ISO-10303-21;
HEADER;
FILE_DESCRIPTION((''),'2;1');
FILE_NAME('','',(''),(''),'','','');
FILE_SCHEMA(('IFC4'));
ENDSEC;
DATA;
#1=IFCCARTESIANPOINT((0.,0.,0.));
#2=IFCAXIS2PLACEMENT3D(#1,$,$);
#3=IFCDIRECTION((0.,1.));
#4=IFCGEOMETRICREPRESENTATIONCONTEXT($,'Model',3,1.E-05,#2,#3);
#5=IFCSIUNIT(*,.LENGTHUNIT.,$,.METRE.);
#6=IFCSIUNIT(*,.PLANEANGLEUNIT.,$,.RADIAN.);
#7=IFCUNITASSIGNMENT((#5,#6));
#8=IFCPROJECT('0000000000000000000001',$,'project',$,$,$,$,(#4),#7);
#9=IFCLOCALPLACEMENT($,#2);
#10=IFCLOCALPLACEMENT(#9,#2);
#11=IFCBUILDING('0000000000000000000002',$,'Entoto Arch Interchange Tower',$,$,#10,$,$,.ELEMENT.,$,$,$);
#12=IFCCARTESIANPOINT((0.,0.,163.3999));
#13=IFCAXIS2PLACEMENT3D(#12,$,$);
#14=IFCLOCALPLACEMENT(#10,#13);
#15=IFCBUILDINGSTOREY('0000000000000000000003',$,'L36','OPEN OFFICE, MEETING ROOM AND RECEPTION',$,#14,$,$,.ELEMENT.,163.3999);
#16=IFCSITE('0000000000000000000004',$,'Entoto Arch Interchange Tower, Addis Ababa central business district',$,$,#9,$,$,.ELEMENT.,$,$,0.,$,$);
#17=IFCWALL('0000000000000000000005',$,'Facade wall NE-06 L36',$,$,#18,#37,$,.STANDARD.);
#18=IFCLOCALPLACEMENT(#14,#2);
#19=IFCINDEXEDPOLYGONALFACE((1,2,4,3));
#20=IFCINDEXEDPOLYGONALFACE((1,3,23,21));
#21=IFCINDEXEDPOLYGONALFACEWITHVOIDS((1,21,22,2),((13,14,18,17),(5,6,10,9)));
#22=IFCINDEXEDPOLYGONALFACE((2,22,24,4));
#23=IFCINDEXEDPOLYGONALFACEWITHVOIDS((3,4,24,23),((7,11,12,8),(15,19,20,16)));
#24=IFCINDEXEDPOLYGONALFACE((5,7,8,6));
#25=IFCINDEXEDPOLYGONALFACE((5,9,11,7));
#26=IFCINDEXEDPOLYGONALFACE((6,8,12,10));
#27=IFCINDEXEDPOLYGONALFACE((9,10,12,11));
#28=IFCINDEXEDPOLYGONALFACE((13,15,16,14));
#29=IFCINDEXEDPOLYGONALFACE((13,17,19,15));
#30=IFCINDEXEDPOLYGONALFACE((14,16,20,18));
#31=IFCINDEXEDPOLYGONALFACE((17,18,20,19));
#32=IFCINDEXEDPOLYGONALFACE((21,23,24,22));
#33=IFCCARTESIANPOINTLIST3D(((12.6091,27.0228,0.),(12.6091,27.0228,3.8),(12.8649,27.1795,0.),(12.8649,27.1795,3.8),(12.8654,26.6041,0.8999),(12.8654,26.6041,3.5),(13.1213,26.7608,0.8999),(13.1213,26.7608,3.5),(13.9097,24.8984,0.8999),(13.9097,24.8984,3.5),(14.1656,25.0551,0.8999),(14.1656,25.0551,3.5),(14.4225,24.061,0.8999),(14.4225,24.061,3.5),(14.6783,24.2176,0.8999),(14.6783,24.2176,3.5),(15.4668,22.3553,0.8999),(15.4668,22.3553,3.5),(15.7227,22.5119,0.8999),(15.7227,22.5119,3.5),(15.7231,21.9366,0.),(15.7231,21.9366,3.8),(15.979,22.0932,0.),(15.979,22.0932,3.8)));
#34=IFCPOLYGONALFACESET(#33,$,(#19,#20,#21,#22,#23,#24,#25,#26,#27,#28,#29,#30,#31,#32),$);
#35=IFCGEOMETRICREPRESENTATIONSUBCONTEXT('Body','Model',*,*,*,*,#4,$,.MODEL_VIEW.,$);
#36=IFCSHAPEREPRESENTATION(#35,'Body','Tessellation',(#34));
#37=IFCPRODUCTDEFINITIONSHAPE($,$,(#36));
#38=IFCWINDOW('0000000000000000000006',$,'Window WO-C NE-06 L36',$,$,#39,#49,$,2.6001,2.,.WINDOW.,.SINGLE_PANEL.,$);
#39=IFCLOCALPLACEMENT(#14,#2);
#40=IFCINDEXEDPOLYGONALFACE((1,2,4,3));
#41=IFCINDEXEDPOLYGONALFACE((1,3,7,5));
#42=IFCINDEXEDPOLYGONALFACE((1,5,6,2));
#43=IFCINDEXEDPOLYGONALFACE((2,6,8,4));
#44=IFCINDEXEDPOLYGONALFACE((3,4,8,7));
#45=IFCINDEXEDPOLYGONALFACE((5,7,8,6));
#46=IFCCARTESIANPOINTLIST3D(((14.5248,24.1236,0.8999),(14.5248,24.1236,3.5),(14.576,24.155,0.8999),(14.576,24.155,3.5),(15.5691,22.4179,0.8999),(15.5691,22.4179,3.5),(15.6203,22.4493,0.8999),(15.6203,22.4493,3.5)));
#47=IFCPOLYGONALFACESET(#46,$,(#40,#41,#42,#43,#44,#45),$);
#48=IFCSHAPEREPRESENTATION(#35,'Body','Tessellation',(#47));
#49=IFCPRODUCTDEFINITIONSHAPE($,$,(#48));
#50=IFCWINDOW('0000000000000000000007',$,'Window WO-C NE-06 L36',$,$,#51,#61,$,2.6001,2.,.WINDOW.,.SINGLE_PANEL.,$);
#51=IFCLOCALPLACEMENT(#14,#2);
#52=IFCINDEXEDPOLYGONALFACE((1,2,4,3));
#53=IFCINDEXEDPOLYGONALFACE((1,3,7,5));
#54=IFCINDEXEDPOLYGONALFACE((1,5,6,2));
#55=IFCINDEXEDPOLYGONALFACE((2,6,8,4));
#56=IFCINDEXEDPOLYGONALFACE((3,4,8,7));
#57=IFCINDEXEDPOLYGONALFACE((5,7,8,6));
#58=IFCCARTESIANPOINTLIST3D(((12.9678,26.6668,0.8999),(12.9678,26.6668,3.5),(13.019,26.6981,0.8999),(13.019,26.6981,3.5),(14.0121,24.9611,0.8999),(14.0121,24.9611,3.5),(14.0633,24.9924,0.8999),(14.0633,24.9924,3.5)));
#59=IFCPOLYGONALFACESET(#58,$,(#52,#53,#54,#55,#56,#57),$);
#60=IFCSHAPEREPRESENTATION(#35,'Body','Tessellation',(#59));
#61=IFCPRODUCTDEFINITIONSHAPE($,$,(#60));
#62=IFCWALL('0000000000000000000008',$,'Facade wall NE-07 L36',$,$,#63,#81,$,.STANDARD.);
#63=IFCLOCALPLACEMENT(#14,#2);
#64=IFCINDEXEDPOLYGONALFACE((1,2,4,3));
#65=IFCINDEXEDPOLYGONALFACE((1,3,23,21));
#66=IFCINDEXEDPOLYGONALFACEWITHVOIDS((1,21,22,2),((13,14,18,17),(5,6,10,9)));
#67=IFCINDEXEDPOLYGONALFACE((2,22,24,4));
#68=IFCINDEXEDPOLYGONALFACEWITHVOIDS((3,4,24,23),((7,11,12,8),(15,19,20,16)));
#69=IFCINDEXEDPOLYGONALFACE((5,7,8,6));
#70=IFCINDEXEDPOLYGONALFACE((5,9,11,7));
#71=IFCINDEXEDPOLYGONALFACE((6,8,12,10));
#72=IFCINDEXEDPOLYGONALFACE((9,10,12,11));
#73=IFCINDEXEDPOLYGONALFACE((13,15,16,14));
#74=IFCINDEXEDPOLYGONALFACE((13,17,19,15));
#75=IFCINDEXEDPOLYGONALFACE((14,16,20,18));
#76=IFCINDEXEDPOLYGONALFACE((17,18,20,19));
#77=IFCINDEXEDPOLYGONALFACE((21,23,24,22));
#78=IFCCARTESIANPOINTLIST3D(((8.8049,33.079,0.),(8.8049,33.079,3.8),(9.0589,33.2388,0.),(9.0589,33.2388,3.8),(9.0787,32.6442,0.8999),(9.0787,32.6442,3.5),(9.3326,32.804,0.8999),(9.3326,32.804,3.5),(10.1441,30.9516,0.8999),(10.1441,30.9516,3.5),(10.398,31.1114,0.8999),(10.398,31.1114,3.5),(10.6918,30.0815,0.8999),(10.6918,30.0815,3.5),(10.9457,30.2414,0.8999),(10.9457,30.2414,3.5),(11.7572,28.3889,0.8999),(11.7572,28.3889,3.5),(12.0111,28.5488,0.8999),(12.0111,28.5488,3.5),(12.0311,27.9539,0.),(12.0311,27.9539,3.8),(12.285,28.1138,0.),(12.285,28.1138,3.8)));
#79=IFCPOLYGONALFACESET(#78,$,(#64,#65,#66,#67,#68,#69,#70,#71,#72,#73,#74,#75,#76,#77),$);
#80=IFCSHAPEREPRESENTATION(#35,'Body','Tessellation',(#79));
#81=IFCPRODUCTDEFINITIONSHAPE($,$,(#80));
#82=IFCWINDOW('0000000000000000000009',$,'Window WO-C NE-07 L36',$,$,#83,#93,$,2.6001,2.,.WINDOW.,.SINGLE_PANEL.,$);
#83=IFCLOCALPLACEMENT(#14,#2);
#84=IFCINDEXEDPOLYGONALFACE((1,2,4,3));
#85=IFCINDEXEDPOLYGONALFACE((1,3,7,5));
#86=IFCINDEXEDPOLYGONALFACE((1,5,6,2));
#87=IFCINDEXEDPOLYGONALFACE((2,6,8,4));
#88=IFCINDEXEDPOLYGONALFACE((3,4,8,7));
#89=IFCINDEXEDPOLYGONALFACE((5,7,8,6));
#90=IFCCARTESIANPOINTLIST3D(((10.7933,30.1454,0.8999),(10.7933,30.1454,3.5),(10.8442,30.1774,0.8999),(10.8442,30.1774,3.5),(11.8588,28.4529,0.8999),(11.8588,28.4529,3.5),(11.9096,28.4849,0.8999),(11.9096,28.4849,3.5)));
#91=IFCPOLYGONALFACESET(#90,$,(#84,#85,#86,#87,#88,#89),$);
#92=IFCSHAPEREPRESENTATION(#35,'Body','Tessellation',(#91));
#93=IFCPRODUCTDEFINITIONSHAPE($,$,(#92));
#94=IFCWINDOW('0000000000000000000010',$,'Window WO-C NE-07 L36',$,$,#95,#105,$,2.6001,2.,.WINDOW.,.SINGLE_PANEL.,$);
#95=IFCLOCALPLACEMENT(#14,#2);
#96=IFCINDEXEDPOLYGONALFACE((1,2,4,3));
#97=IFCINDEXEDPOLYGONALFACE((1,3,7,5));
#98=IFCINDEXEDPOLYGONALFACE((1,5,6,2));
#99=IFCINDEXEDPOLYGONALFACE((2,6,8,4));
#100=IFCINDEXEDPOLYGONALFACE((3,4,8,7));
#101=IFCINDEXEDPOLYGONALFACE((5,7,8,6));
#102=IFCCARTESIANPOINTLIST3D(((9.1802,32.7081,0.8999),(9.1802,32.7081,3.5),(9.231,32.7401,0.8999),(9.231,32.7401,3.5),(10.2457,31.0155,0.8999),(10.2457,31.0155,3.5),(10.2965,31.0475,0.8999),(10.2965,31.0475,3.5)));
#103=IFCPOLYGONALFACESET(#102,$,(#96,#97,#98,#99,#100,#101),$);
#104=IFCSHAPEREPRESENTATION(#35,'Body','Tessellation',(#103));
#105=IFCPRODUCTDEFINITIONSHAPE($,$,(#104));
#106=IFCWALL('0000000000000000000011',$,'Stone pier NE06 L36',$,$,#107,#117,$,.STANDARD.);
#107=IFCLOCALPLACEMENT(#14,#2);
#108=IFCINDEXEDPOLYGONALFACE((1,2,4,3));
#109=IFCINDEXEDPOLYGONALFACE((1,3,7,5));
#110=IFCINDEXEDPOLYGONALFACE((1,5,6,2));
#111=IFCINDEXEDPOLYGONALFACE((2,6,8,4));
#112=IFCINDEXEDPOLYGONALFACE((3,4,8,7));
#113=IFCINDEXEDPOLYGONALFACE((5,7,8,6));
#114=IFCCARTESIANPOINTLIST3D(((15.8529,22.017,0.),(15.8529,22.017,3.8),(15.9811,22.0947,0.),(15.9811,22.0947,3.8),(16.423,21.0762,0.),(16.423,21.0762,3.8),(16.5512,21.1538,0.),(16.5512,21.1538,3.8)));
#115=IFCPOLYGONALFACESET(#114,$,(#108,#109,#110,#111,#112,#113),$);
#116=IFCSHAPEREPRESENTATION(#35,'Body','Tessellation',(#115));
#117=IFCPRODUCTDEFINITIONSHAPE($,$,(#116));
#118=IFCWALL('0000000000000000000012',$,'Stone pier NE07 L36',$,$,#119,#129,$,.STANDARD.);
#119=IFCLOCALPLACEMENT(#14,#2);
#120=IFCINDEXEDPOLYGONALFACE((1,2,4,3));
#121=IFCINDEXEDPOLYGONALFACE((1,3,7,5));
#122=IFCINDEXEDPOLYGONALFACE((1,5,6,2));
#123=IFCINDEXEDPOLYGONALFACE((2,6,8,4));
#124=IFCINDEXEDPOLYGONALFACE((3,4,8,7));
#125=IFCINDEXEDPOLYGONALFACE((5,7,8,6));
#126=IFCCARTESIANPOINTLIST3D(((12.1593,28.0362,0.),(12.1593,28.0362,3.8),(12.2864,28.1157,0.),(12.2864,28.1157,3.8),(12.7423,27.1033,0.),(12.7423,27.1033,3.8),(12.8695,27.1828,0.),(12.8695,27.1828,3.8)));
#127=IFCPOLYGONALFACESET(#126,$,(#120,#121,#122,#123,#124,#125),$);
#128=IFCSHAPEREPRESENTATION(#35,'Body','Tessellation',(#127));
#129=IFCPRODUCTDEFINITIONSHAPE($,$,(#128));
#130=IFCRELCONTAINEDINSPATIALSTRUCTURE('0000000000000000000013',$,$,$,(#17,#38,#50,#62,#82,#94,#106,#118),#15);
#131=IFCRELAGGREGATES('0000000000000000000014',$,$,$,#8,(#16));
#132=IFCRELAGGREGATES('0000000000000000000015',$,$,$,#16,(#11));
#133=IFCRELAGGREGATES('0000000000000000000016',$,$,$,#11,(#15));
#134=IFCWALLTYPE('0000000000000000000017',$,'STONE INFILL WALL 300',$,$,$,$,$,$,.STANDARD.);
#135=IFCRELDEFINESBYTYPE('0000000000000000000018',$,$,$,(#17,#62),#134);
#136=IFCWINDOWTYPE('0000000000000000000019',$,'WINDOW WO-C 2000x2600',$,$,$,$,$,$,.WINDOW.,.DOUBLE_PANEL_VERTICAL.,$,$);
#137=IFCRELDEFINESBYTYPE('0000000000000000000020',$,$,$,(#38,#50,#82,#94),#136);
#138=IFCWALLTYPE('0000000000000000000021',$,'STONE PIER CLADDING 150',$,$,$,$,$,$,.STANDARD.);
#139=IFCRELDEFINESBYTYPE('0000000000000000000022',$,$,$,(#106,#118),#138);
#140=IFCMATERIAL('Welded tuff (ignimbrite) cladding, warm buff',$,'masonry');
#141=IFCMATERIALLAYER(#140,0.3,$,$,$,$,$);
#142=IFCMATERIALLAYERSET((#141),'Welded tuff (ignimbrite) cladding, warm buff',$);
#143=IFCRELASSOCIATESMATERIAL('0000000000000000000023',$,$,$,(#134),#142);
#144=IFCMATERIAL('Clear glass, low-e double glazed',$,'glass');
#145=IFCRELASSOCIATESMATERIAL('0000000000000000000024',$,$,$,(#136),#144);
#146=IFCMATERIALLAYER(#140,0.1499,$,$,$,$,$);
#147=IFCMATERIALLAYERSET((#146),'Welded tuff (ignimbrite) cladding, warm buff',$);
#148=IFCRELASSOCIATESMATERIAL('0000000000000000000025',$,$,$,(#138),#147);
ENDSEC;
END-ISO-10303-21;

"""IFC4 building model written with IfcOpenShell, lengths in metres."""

from ifc_helpers import new_model, si_unit, direction, frame, frame_2d, origin, place, context, subcontext, project, spatial, rectangle, extrude, material, layer, layer_set, type_object, element, fill, save


model = new_model("IFC4")

# Units and contexts
model_context = context("Model", 3, precision=1e-05, world=origin(), true_north=direction((0.0, 1.0)))
body_context = subcontext(model_context, "Body", "Model", "MODEL_VIEW")
ifc_project = project(units=[si_unit("LENGTHUNIT", "METRE"), si_unit("PLANEANGLEUNIT", "RADIAN")], contexts=[model_context])

# Site, building, storey
site_placement = place(None, origin())
site = spatial("IfcSite", under=ifc_project, at=site_placement, Name="Entoto Arch Interchange Tower, Addis Ababa central business district", CompositionType="ELEMENT", RefElevation=0.0)
building_placement = place(site_placement, origin())
building = spatial("IfcBuilding", under=site, at=building_placement, Name="Entoto Arch Interchange Tower", CompositionType="ELEMENT")
storey_placement = place(building_placement, frame((0.0, 0.0, 163.3999)))
storey = spatial("IfcBuildingStorey", under=building, at=storey_placement, Name="L36", Description="OPEN OFFICE, MEETING ROOM AND RECEPTION", CompositionType="ELEMENT", Elevation=163.3999)

# Shared definitions
ifc_material_1 = material(Name="Welded tuff (ignimbrite) cladding, warm buff", Category="masonry")
ifc_layer_1 = layer(ifc_material_1, 0.3)
ifc_layer_set_1 = layer_set([ifc_layer_1], Name="Welded tuff (ignimbrite) cladding, warm buff")
wall_type_1 = type_object("IfcWallType", Name="STONE INFILL WALL 300", PredefinedType="STANDARD", material=ifc_layer_set_1)
ifc_material_2 = material(Name="Clear glass, low-e double glazed", Category="glass")
window_type = type_object("IfcWindowType", Name="WINDOW WO-C 2000x2600", PartitioningType="DOUBLE_PANEL_VERTICAL", PredefinedType="WINDOW", material=ifc_material_2)

# Walls, openings, windows
wall_1_placement = place(storey_placement, frame((15.8511, 22.0149, 0.0), z_axis=(0.0, 0.0, 1.0), x_axis=(-0.522157, 0.852849, 0.0)))
wall_1 = element("IfcWall", 1, at=wall_1_placement, inside=storey, type_object=wall_type_1, Name="Facade wall NE-06 L36", PredefinedType="STANDARD", context=body_context, shape_type="SweptSolid", body=[
    extrude(rectangle(XDim=5.9639, YDim=0.3, at=frame_2d((2.9819, 0.0))), origin(), (0.0, 0.0, 1.0), 3.8),
])
opening_1_placement = place(wall_1_placement, frame((0.491, 0.0, 0.8999)))
opening_1 = element("IfcOpeningElement", 2, at=opening_1_placement, cuts=wall_1, PredefinedType="OPENING", context=body_context, shape_type="SweptSolid", body=[
    extrude(rectangle(XDim=2.0, YDim=2.6001, at=frame_2d((1.0, 1.3))), frame((0.0, 0.1602, 0.0), z_axis=(0.0, -1.0, 0.0), x_axis=(1.0, 0.0, 0.0)), (0.0, 0.0, 1.0), 0.3201),
])
opening_2_placement = place(wall_1_placement, frame((3.4729, 0.0, 0.8999)))
opening_2 = element("IfcOpeningElement", 3, at=opening_2_placement, cuts=wall_1, PredefinedType="OPENING", context=body_context, shape_type="SweptSolid", body=[
    extrude(rectangle(XDim=2.0, YDim=2.6001, at=frame_2d((1.0, 1.3))), frame((0.0, 0.1602, 0.0), z_axis=(0.0, -1.0, 0.0), x_axis=(1.0, 0.0, 0.0)), (0.0, 0.0, 1.0), 0.3201),
])
window_1_placement = place(opening_1_placement, origin())
window_1 = element("IfcWindow", 4, at=window_1_placement, inside=storey, type_object=window_type, Name="Window WO-C NE-06 L36", OverallHeight=2.6001, OverallWidth=2.0, PartitioningType="SINGLE_PANEL", PredefinedType="WINDOW", context=body_context, shape_type="SweptSolid", body=[
    extrude(rectangle(XDim=2.0, YDim=2.6001, at=frame_2d((1.0, 1.3))), frame((0.0, 0.03, 0.0), z_axis=(0.0, -1.0, 0.0), x_axis=(1.0, 0.0, 0.0)), (0.0, 0.0, 1.0), 0.0601),
])
fill(opening_1, window_1)
window_2_placement = place(opening_2_placement, origin())
window_2 = element("IfcWindow", 5, at=window_2_placement, inside=storey, type_object=window_type, Name="Window WO-C NE-06 L36", OverallHeight=2.6001, OverallWidth=2.0, PartitioningType="SINGLE_PANEL", PredefinedType="WINDOW", context=body_context, shape_type="SweptSolid", body=[
    extrude(rectangle(XDim=2.0, YDim=2.6001, at=frame_2d((1.0, 1.3))), frame((0.0, 0.03, 0.0), z_axis=(0.0, -1.0, 0.0), x_axis=(1.0, 0.0, 0.0)), (0.0, 0.0, 1.0), 0.0601),
])
fill(opening_2, window_2)
wall_2_placement = place(storey_placement, frame((12.158, 28.0339, 0.0), z_axis=(0.0, 0.0, 1.0), x_axis=(-0.532721, 0.846291, 0.0)))
wall_2 = element("IfcWall", 6, at=wall_2_placement, inside=storey, type_object=wall_type_1, Name="Facade wall NE-07 L36", PredefinedType="STANDARD", context=body_context, shape_type="SweptSolid", body=[
    extrude(rectangle(XDim=6.0559, YDim=0.3, at=frame_2d((3.0278, 0.0))), origin(), (0.0, 0.0, 1.0), 3.8),
])
opening_3_placement = place(wall_2_placement, frame((0.5139, 0.0, 0.8999)))
opening_3 = element("IfcOpeningElement", 7, at=opening_3_placement, cuts=wall_2, PredefinedType="OPENING", context=body_context, shape_type="SweptSolid", body=[
    extrude(rectangle(XDim=2.0, YDim=2.6001, at=frame_2d((1.0, 1.3))), frame((0.0, 0.1602, 0.0), z_axis=(0.0, -1.0, 0.0), x_axis=(1.0, 0.0, 0.0)), (0.0, 0.0, 1.0), 0.3201),
])
opening_4_placement = place(wall_2_placement, frame((3.542, 0.0, 0.8999)))
opening_4 = element("IfcOpeningElement", 8, at=opening_4_placement, cuts=wall_2, PredefinedType="OPENING", context=body_context, shape_type="SweptSolid", body=[
    extrude(rectangle(XDim=2.0, YDim=2.6001, at=frame_2d((1.0, 1.3))), frame((0.0, 0.1602, 0.0), z_axis=(0.0, -1.0, 0.0), x_axis=(1.0, 0.0, 0.0)), (0.0, 0.0, 1.0), 0.3201),
])
window_3_placement = place(opening_3_placement, origin())
window_3 = element("IfcWindow", 9, at=window_3_placement, inside=storey, type_object=window_type, Name="Window WO-C NE-07 L36", OverallHeight=2.6001, OverallWidth=2.0, PartitioningType="SINGLE_PANEL", PredefinedType="WINDOW", context=body_context, shape_type="SweptSolid", body=[
    extrude(rectangle(XDim=2.0, YDim=2.6001, at=frame_2d((1.0, 1.3))), frame((0.0, 0.03, 0.0), z_axis=(0.0, -1.0, 0.0), x_axis=(1.0, 0.0, 0.0)), (0.0, 0.0, 1.0), 0.0601),
])
fill(opening_3, window_3)
window_4_placement = place(opening_4_placement, origin())
window_4 = element("IfcWindow", 10, at=window_4_placement, inside=storey, type_object=window_type, Name="Window WO-C NE-07 L36", OverallHeight=2.6001, OverallWidth=2.0, PartitioningType="SINGLE_PANEL", PredefinedType="WINDOW", context=body_context, shape_type="SweptSolid", body=[
    extrude(rectangle(XDim=2.0, YDim=2.6001, at=frame_2d((1.0, 1.3))), frame((0.0, 0.03, 0.0), z_axis=(0.0, -1.0, 0.0), x_axis=(1.0, 0.0, 0.0)), (0.0, 0.0, 1.0), 0.0601),
])
fill(opening_4, window_4)

# Walls
ifc_layer_2 = layer(ifc_material_1, 0.1499)
ifc_layer_set_2 = layer_set([ifc_layer_2], Name="Welded tuff (ignimbrite) cladding, warm buff")
wall_type_2 = type_object("IfcWallType", Name="STONE PIER CLADDING 150", PredefinedType="STANDARD", material=ifc_layer_set_2)
for number, where, z_axis, x_axis, name in (
    (11, (16.4871, 21.115, 0.0), (0.0, 0.0, 1.0), (-0.518179, 0.855272, 0.0), "Stone pier NE06 L36"),
    (12, (12.8059, 27.1431, 0.0), (0.0, 0.0, 1.0), (-0.529979, 0.848011, 0.0), "Stone pier NE07 L36"),
):
    element("IfcWall", number, at=place(storey_placement, frame(where, z_axis=z_axis, x_axis=x_axis)), inside=storey, type_object=wall_type_2, Name=name, PredefinedType="STANDARD", context=body_context, shape_type="SweptSolid", body=[
        extrude(rectangle(XDim=1.1001, YDim=0.1499, at=frame_2d((0.55, 0.0))), origin(), (0.0, 0.0, 1.0), 3.8),
    ])

save(model, "model.ifc")
